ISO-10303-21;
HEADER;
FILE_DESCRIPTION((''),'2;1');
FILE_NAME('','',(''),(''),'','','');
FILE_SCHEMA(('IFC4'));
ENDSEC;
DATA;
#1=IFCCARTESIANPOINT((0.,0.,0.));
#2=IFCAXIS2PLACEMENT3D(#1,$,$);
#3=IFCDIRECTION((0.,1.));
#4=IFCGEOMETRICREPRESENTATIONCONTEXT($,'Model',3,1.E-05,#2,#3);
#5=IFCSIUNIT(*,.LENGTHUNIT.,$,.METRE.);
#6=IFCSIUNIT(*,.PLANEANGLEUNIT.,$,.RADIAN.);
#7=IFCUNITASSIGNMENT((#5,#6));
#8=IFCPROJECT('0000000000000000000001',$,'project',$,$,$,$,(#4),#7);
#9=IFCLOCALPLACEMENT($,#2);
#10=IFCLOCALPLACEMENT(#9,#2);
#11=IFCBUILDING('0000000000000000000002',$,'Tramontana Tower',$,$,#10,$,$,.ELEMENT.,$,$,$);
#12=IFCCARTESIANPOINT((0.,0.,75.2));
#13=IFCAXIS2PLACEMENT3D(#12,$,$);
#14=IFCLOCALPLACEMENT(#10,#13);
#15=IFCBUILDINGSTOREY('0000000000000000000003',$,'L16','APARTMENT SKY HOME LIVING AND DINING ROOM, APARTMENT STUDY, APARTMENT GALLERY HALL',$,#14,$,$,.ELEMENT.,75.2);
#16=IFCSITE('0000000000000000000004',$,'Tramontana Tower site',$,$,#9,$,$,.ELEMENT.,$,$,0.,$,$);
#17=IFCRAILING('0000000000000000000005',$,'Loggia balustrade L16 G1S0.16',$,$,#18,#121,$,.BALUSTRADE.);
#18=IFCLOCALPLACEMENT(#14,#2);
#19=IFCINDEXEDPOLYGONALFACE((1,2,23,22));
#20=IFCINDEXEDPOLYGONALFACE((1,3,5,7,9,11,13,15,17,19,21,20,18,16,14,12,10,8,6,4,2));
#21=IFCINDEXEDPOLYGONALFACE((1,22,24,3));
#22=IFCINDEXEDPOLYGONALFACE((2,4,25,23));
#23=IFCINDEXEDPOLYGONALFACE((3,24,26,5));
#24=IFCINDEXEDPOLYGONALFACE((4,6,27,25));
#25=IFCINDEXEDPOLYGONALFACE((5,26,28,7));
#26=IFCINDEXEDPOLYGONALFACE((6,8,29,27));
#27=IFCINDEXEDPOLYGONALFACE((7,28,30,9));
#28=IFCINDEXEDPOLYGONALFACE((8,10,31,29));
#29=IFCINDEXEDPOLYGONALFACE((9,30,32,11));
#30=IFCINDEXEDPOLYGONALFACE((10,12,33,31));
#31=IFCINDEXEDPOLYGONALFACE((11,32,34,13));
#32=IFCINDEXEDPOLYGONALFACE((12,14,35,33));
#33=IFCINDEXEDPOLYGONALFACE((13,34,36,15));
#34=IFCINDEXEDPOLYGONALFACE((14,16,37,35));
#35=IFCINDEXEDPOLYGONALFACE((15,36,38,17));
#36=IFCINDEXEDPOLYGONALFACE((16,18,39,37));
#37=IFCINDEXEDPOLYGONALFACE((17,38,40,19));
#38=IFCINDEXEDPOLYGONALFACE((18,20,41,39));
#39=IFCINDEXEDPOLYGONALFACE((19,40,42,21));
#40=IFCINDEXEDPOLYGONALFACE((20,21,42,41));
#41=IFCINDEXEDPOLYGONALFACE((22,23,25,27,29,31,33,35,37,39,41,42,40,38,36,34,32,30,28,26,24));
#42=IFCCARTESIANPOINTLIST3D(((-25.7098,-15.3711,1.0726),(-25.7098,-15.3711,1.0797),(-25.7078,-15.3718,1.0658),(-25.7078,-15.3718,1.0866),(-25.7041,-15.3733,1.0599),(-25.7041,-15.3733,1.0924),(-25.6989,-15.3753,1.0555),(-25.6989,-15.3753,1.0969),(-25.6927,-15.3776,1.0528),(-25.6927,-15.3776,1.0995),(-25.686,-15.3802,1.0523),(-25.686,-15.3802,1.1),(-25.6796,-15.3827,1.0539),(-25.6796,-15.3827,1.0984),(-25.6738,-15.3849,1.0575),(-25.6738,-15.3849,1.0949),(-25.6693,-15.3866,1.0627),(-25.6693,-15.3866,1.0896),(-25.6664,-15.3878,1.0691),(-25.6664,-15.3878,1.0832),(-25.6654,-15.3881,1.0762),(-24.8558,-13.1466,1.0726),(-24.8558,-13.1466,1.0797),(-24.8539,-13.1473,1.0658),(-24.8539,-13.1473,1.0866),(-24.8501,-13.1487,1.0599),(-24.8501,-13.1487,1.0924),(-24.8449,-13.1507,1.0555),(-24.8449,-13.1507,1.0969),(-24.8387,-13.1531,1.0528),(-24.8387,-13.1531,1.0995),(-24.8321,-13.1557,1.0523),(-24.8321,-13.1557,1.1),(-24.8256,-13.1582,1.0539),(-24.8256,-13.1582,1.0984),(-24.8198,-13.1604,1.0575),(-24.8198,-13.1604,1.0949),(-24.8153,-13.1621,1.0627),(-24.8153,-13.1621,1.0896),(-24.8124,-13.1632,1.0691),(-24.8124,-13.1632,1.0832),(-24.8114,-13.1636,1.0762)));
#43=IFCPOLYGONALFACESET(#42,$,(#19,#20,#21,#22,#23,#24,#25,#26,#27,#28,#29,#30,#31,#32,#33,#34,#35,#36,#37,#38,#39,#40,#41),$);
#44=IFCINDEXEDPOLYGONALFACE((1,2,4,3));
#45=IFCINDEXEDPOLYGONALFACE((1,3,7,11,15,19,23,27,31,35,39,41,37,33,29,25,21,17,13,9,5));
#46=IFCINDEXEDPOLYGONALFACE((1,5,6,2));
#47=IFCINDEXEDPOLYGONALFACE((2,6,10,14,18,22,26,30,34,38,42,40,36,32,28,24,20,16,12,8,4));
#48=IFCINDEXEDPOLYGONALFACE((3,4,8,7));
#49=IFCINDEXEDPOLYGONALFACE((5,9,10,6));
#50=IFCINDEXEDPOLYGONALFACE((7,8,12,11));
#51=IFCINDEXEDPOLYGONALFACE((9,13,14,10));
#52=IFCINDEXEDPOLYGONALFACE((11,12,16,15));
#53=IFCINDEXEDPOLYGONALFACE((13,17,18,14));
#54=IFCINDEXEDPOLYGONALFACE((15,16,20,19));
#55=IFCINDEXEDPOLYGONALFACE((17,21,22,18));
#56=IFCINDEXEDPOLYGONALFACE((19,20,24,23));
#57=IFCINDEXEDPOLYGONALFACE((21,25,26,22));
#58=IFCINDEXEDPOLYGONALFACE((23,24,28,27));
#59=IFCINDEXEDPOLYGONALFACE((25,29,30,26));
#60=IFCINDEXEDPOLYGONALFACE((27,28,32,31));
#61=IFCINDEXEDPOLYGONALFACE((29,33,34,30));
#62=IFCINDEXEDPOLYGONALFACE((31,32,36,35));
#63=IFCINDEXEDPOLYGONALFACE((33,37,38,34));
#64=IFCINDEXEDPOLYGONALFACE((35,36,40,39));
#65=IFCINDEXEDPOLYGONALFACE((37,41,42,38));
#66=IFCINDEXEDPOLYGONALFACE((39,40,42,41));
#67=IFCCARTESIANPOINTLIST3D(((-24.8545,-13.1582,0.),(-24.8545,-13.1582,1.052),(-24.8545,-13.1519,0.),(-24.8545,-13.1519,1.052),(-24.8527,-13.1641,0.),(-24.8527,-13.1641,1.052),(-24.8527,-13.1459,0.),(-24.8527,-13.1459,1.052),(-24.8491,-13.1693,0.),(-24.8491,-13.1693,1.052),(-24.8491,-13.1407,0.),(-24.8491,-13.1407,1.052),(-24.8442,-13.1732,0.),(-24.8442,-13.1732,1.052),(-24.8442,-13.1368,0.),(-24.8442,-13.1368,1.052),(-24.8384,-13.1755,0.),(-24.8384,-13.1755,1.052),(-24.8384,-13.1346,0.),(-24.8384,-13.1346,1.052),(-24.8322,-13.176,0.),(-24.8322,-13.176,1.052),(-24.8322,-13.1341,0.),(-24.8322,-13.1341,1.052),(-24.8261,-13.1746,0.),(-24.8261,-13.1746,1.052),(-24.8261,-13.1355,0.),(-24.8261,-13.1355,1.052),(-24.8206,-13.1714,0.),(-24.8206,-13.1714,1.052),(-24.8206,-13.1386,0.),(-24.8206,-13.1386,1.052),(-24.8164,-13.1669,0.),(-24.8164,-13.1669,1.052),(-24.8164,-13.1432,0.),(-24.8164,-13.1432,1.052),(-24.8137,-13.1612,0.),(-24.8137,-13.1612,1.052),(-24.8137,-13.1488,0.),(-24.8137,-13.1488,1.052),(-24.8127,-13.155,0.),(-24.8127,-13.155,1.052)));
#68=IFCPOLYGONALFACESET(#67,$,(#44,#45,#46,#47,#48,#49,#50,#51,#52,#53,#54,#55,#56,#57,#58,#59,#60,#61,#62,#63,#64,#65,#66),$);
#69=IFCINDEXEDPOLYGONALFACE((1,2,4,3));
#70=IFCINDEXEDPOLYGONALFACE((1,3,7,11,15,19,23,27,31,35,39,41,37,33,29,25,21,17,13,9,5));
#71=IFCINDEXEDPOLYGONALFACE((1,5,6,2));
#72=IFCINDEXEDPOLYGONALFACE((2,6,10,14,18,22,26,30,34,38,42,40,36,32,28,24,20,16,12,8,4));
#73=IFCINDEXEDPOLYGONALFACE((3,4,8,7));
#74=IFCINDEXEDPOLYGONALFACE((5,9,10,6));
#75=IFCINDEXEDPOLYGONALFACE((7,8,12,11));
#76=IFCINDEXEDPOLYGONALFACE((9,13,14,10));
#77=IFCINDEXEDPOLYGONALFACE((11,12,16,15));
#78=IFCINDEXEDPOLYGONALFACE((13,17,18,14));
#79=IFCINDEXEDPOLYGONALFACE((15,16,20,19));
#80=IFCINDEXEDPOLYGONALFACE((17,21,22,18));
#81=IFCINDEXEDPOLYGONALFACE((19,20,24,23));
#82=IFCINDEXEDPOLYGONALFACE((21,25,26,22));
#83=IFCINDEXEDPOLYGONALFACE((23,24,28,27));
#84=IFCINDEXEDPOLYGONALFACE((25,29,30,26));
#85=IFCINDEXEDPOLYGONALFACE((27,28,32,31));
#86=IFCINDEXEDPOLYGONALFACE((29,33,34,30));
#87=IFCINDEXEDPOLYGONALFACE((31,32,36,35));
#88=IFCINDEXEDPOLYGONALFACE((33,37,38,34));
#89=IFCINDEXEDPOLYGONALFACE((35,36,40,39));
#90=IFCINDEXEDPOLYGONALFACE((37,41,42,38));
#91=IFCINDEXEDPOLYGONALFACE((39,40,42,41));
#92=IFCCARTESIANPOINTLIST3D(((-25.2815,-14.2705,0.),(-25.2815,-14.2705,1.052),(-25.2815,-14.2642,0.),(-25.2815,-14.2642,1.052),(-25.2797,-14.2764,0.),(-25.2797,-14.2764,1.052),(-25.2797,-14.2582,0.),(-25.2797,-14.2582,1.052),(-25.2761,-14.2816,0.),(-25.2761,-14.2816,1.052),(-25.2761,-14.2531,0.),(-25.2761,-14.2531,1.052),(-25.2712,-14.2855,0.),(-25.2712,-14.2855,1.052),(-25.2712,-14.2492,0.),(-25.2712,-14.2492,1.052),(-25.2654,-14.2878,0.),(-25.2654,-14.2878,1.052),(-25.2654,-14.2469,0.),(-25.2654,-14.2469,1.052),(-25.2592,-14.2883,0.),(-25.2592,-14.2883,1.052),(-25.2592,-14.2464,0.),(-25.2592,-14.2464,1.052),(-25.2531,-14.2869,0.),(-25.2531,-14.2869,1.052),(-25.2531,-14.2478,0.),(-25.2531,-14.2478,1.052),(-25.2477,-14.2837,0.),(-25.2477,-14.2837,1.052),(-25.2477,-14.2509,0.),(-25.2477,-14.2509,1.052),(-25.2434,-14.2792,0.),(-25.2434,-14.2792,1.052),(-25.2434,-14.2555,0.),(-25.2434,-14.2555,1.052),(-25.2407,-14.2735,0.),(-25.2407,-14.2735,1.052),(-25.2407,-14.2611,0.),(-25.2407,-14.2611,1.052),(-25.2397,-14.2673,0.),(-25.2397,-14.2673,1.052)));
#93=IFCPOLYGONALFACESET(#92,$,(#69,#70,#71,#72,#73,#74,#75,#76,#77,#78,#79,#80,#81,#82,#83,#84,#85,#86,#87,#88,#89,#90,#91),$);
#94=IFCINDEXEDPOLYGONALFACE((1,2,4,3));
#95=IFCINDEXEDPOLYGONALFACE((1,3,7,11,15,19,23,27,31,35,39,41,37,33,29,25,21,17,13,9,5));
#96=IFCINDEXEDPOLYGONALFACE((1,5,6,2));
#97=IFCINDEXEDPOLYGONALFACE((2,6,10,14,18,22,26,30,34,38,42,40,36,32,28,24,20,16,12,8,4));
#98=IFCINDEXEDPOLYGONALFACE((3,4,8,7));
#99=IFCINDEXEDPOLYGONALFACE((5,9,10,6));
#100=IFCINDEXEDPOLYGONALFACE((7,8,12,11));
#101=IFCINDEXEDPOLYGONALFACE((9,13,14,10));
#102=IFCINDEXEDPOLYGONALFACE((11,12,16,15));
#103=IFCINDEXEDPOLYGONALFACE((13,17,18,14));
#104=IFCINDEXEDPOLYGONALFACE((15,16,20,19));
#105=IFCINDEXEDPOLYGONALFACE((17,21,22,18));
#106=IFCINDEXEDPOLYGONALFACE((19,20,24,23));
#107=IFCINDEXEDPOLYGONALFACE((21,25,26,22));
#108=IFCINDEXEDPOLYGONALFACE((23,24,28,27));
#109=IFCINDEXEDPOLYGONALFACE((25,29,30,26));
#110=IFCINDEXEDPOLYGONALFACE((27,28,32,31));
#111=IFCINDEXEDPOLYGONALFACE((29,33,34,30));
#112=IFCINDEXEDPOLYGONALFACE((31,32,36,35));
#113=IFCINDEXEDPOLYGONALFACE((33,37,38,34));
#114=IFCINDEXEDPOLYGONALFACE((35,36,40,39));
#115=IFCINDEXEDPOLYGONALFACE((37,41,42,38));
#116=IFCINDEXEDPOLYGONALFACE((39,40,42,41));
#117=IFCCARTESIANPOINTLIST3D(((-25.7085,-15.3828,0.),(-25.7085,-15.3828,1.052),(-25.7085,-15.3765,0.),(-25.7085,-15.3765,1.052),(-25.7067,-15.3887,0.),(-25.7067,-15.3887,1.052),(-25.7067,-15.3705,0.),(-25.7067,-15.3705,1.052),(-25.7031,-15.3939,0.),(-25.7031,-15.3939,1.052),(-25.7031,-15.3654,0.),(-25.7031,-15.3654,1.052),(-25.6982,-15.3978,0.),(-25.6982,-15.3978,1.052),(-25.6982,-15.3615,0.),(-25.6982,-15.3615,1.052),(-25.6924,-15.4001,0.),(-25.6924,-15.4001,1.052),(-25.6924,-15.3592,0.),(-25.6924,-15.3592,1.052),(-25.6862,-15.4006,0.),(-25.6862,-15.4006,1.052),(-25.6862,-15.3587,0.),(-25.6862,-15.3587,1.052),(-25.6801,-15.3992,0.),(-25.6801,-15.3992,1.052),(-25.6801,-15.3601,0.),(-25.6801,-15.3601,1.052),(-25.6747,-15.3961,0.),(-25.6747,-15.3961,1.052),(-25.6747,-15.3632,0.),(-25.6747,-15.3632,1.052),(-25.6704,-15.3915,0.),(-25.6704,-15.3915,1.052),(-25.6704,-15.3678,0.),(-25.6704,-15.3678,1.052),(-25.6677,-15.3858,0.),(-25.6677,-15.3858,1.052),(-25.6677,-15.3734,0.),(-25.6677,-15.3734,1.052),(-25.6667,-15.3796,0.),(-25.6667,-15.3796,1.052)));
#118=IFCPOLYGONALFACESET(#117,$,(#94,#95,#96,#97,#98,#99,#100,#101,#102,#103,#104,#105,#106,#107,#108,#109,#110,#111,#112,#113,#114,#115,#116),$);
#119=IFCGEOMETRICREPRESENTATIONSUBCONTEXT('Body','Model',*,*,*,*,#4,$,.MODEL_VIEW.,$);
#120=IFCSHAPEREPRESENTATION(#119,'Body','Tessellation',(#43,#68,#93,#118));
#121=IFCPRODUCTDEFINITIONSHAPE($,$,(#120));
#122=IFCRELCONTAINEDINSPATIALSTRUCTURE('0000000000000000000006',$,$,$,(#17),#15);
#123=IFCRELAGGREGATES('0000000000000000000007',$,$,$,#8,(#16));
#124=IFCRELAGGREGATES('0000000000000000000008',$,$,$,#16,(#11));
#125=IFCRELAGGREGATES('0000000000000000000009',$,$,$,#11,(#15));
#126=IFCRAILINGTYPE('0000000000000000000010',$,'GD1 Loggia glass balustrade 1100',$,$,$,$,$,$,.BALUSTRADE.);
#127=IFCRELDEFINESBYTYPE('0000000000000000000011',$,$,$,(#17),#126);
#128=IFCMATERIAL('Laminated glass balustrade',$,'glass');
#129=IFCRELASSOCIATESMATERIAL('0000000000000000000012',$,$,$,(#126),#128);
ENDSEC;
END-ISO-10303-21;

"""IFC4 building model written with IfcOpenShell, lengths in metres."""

from ifc_helpers import new_model, si_unit, direction, frame, origin, origin_2d, place, context, subcontext, project, spatial, circle, extrude, material, type_object, element, save


model = new_model("IFC4")

# Units and contexts
model_context = context("Model", 3, precision=1e-05, world=origin(), true_north=direction((0.0, 1.0)))
body_context = subcontext(model_context, "Body", "Model", "MODEL_VIEW")
ifc_project = project(units=[si_unit("LENGTHUNIT", "METRE"), si_unit("PLANEANGLEUNIT", "RADIAN")], contexts=[model_context])

# Site, building, storey
site_placement = place(None, origin())
site = spatial("IfcSite", under=ifc_project, at=site_placement, Name="Tramontana Tower site", CompositionType="ELEMENT", RefElevation=0.0)
building_placement = place(site_placement, origin())
building = spatial("IfcBuilding", under=site, at=building_placement, Name="Tramontana Tower", CompositionType="ELEMENT")
storey_placement = place(building_placement, frame((0.0, 0.0, 75.2)))
storey = spatial("IfcBuildingStorey", under=building, at=storey_placement, Name="L16", Description="APARTMENT SKY HOME LIVING AND DINING ROOM, APARTMENT STUDY, APARTMENT GALLERY HALL", CompositionType="ELEMENT", Elevation=75.2)

# Railing
ifc_material_1 = material(Name="Laminated glass balustrade", Category="glass")
railing_type = type_object("IfcRailingType", Name="GD1 Loggia glass balustrade 1100", PredefinedType="BALUSTRADE", material=ifc_material_1)
railing_1_placement = place(storey_placement, frame((-24.8337, -13.155, 0.0)))
element("IfcRailing", 1, at=railing_1_placement, inside=storey, type_object=railing_type, Name="Loggia balustrade L16 G1S0.16", PredefinedType="BALUSTRADE", context=body_context, shape_type="SweptSolid", body=[
    extrude(circle(Radius=0.0239, at=origin_2d()), frame((0.0, 0.0, 1.0762), z_axis=(-0.358389, -0.933573, 0.0), x_axis=(0.933573, -0.358389, 0.0)), (0.0, 0.0, 1.0), 2.3828),
    extrude(circle(Radius=0.021, at=origin_2d()), origin(), (0.0, 0.0, 1.0), 1.052),
    extrude(circle(Radius=0.021, at=origin_2d()), frame((-0.427, -1.1123, 0.0)), (0.0, 0.0, 1.0), 1.052),
    extrude(circle(Radius=0.021, at=origin_2d()), frame((-0.854, -2.2246, 0.0)), (0.0, 0.0, 1.0), 1.052),
])

save(model, "model.ifc")
